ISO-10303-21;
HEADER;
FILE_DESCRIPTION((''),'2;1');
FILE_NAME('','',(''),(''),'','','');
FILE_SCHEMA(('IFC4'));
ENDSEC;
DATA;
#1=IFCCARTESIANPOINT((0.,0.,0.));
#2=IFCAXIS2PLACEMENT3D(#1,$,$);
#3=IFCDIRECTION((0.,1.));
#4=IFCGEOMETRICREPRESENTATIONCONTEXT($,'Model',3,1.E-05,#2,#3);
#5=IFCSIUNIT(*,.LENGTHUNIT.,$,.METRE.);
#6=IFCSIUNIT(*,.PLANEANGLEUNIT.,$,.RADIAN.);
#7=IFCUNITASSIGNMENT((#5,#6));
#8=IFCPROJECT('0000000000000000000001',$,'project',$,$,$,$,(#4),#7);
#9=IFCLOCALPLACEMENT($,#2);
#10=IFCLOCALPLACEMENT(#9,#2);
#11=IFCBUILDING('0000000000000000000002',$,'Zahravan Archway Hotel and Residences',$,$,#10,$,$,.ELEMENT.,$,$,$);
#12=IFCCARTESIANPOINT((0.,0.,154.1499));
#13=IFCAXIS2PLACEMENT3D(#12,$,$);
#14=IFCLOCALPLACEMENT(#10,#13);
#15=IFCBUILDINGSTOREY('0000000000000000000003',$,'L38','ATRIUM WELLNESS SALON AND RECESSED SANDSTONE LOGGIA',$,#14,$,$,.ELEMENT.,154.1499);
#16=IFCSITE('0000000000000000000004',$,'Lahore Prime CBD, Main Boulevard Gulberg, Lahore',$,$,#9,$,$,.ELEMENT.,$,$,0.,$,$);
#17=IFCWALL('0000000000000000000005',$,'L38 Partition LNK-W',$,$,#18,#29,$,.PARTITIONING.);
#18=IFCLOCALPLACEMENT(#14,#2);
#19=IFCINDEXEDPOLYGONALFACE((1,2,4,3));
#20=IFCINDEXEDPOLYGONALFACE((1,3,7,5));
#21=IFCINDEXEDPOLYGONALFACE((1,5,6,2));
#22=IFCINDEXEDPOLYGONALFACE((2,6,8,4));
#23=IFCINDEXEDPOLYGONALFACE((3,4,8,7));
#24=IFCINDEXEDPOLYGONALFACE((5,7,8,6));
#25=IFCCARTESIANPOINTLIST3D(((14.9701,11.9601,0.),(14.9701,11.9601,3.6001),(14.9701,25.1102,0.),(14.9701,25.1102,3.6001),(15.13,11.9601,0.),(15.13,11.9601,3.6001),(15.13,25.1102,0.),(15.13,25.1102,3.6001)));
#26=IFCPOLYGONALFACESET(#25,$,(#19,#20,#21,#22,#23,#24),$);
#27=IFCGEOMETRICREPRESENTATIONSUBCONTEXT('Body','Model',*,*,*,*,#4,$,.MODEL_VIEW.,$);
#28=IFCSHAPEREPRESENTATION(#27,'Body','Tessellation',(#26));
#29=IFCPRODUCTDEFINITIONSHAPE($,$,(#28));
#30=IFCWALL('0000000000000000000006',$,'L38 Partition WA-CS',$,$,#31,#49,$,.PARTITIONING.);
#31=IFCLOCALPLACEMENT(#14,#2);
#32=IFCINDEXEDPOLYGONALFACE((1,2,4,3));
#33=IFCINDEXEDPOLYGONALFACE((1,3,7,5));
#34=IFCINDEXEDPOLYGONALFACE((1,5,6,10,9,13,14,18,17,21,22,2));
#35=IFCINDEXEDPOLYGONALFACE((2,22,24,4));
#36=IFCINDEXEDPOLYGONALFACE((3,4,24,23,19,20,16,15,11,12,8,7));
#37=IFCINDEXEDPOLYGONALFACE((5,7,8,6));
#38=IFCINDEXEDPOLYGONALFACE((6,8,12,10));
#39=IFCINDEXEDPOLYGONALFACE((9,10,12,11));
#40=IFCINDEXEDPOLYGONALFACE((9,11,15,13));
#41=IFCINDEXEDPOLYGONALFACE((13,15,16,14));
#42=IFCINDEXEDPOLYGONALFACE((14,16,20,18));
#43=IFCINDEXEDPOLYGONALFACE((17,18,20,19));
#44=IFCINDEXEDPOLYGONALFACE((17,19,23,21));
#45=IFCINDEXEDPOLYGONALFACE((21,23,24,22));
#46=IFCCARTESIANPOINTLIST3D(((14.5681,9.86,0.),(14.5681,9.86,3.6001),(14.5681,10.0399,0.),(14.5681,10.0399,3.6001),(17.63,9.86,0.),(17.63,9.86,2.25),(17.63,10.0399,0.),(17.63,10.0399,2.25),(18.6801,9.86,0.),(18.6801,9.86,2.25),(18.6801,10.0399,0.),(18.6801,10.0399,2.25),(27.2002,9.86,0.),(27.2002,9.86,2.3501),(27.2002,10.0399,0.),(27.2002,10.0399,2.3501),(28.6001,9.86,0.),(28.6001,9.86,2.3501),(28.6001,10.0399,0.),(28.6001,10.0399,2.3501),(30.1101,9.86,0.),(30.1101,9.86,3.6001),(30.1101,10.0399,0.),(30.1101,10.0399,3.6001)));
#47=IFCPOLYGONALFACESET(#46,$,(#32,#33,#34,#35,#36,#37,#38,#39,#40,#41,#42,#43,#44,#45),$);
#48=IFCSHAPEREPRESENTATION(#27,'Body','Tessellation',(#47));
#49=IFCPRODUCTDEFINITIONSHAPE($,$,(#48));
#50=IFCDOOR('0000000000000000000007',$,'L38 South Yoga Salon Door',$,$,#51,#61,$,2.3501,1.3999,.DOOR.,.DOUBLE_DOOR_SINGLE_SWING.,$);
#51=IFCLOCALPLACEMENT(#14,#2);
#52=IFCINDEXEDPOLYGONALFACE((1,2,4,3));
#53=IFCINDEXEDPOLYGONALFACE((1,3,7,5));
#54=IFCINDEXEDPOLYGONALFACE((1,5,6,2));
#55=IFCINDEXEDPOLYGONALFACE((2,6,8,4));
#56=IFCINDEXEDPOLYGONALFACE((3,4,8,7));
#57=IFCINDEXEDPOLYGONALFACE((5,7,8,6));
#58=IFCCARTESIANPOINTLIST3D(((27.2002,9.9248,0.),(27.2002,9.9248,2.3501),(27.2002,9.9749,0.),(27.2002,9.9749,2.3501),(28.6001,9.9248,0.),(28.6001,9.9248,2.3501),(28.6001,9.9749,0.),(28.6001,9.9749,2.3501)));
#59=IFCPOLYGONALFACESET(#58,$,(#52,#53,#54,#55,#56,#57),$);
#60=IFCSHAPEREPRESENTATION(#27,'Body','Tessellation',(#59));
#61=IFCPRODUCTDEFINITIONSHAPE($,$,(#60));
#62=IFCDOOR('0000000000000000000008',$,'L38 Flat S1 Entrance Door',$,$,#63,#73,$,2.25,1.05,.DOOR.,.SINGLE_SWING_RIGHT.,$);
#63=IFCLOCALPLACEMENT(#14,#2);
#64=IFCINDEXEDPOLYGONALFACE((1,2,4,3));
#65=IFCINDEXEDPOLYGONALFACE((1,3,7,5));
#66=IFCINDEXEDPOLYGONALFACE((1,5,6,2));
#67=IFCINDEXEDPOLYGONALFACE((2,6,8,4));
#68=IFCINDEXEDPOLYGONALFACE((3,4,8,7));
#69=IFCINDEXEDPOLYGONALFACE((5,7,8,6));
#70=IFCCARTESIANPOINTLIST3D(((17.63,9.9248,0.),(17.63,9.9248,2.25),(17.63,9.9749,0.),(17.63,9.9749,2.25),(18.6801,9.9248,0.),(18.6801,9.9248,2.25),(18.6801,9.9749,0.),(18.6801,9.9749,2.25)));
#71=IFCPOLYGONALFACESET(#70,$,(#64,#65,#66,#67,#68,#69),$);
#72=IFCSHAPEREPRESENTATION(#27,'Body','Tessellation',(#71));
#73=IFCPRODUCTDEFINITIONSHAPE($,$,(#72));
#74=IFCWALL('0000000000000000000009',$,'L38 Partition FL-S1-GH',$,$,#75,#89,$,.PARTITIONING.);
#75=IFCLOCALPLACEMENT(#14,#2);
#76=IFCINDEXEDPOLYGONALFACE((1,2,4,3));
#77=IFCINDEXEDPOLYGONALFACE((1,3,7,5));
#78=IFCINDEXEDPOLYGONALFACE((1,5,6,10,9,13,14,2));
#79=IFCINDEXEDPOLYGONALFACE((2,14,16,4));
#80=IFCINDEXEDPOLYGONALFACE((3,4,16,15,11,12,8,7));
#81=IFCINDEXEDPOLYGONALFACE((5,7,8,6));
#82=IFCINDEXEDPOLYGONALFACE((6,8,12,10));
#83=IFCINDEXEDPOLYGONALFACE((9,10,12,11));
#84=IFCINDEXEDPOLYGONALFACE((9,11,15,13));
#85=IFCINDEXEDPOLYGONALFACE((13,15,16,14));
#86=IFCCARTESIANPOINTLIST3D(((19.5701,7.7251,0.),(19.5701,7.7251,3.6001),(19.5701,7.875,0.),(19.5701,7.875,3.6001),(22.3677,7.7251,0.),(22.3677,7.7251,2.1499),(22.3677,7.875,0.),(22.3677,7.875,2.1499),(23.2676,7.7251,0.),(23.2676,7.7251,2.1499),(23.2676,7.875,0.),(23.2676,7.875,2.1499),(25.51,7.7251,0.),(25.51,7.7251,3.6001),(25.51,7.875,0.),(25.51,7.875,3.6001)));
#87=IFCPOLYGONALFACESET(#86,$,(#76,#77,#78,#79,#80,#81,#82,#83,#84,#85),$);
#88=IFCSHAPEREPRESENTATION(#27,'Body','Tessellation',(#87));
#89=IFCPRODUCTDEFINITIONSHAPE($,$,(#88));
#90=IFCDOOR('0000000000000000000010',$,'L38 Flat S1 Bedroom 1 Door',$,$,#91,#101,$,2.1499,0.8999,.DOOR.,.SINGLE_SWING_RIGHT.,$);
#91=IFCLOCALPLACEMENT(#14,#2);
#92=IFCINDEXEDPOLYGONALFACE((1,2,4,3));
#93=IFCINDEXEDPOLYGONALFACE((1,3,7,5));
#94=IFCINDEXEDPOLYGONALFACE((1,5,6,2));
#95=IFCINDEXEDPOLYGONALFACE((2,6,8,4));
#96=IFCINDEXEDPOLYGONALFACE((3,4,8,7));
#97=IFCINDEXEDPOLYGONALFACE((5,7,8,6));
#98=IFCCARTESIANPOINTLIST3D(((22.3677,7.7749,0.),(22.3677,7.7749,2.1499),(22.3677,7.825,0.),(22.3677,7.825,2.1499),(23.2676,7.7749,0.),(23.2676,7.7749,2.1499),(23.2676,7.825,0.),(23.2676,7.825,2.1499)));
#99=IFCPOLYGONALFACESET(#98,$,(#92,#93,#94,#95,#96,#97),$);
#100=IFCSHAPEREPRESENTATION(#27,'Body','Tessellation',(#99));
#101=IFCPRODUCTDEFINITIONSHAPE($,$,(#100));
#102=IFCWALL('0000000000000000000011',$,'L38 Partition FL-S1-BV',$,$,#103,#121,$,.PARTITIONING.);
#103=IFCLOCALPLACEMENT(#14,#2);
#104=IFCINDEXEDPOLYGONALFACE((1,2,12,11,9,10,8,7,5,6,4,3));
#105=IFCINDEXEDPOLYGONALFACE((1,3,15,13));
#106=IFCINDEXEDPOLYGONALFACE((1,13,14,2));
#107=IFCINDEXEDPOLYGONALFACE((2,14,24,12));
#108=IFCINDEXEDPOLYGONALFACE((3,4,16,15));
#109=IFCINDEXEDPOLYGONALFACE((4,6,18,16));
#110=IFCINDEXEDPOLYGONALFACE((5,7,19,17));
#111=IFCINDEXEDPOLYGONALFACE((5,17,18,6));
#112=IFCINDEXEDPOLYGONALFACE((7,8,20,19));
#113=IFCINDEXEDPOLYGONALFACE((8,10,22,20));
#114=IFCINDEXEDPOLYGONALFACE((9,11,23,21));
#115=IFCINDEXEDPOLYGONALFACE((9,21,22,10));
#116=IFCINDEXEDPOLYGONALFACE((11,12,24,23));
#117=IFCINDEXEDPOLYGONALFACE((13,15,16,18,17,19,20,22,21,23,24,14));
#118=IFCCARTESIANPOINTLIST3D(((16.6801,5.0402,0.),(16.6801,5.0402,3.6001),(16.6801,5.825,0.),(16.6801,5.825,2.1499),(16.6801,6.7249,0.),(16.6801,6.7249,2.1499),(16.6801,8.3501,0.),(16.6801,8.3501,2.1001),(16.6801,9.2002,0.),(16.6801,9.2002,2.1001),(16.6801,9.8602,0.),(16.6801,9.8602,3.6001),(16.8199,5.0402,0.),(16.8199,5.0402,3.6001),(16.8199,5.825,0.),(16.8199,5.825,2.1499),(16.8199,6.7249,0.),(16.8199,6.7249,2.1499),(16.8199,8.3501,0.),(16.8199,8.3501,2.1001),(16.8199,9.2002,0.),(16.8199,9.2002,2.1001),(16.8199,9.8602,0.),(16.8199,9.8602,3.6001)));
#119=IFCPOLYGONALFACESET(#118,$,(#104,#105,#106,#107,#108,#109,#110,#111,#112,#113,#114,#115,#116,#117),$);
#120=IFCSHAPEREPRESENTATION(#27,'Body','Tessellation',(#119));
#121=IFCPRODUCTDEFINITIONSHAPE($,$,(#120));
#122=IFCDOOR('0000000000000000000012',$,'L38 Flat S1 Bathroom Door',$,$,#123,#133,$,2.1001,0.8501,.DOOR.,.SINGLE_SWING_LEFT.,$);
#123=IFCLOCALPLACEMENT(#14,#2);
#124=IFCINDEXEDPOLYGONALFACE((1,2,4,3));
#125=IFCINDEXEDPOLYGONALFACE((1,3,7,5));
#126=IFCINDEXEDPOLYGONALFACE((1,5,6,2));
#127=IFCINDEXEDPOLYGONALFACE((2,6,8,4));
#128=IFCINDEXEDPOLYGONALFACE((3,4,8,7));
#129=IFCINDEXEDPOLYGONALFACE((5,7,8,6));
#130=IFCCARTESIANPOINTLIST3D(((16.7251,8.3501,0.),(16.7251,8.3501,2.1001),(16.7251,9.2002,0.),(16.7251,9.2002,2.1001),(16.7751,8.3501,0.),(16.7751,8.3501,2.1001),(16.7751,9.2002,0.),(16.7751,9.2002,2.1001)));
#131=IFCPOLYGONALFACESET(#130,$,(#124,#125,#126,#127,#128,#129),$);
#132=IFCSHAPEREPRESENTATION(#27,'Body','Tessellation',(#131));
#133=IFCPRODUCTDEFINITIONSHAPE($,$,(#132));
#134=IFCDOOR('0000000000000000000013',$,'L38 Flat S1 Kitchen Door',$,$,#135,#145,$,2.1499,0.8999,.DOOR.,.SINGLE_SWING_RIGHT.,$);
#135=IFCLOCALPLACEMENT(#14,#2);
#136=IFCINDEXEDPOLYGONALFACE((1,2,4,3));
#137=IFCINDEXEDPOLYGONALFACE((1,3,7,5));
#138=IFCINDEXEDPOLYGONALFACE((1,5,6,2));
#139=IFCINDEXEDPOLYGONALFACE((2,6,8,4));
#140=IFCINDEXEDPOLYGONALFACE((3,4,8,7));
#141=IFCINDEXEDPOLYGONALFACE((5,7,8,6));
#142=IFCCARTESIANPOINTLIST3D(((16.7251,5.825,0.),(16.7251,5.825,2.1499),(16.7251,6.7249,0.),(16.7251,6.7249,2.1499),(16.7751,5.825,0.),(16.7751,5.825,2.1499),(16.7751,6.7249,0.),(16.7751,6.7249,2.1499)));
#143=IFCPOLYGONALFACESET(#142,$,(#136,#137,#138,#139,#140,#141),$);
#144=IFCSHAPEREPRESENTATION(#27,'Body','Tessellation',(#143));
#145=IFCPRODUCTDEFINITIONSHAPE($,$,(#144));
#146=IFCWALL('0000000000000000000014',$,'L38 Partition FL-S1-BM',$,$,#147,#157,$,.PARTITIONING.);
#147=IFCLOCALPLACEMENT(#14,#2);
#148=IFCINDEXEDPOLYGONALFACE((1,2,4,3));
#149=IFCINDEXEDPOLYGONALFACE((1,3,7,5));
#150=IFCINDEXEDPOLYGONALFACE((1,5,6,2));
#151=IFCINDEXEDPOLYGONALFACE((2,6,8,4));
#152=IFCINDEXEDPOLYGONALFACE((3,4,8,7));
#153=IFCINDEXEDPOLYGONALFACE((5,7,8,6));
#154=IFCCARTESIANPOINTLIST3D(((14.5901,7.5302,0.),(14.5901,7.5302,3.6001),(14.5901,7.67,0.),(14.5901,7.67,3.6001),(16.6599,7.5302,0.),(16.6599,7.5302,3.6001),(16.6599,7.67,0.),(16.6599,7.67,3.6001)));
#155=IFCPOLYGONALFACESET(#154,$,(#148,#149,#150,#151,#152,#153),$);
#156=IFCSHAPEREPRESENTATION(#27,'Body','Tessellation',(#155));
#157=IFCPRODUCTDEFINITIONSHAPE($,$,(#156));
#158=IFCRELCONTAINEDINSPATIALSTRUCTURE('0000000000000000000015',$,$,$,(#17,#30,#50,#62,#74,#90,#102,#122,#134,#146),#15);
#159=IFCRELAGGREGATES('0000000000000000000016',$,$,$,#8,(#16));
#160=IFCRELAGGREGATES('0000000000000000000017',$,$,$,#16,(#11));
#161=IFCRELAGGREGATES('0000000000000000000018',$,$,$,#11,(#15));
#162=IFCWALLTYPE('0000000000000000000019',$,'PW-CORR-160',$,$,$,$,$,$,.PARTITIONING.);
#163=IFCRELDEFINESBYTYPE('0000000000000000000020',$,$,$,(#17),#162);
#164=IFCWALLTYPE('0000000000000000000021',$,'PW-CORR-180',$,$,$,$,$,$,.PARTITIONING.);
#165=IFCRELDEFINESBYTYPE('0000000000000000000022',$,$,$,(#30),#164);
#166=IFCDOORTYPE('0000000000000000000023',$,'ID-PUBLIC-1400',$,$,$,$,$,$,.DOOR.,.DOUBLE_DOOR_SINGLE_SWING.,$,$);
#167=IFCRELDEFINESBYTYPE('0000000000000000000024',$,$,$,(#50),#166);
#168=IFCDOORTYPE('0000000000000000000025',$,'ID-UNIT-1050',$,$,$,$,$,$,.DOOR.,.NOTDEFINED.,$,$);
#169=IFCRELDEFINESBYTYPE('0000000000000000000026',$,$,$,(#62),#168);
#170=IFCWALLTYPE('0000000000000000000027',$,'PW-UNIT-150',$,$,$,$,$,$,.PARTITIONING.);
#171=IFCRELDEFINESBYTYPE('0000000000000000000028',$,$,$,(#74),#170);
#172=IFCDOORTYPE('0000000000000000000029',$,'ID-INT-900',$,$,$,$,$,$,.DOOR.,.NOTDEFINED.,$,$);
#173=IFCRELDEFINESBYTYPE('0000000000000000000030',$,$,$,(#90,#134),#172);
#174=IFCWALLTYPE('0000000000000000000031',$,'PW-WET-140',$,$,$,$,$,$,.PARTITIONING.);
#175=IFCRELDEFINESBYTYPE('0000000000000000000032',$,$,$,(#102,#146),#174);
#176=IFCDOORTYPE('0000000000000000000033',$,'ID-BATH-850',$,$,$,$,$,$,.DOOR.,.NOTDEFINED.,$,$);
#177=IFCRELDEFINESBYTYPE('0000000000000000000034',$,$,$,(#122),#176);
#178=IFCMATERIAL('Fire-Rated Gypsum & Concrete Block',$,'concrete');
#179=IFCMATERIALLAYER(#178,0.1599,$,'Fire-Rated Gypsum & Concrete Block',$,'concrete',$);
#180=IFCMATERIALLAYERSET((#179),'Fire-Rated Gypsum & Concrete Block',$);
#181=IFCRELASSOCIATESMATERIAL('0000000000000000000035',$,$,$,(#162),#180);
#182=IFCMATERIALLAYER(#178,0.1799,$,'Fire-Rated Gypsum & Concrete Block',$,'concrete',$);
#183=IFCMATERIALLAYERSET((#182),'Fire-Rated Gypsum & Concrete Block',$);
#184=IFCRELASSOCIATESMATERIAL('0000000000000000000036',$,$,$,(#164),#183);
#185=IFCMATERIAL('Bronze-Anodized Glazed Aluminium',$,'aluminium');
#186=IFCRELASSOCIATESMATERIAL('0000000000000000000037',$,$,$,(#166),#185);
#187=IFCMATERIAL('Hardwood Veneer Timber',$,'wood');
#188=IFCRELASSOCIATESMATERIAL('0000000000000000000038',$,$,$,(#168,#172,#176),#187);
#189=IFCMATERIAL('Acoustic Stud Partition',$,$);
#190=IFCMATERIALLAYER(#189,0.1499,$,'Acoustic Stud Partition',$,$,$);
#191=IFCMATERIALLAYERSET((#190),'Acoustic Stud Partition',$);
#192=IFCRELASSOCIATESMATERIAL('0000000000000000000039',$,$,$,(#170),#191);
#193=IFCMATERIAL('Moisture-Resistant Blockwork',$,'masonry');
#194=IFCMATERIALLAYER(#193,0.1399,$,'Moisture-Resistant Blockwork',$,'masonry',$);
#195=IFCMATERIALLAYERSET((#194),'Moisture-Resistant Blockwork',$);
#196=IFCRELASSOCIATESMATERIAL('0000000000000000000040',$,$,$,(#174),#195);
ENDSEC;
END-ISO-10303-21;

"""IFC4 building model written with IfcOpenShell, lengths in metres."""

from ifc_helpers import new_model, si_unit, direction, frame, frame_2d, origin, place, context, subcontext, project, spatial, rectangle, extrude, source, transform, mapped, material, layer, layer_set, type_object, type_shapes, element, fill, save


model = new_model("IFC4")

# Units and contexts
model_context = context("Model", 3, precision=1e-05, world=origin(), true_north=direction((0.0, 1.0)))
body_context = subcontext(model_context, "Body", "Model", "MODEL_VIEW")
ifc_project = project(units=[si_unit("LENGTHUNIT", "METRE"), si_unit("PLANEANGLEUNIT", "RADIAN")], contexts=[model_context])

# Site, building, storey
site_placement = place(None, origin())
site = spatial("IfcSite", under=ifc_project, at=site_placement, Name="Lahore Prime CBD, Main Boulevard Gulberg, Lahore", CompositionType="ELEMENT", RefElevation=0.0)
building_placement = place(site_placement, origin())
building = spatial("IfcBuilding", under=site, at=building_placement, Name="Zahravan Archway Hotel and Residences", CompositionType="ELEMENT")
storey_placement = place(building_placement, frame((0.0, 0.0, 154.1499)))
storey = spatial("IfcBuildingStorey", under=building, at=storey_placement, Name="L38", Description="ATRIUM WELLNESS SALON AND RECESSED SANDSTONE LOGGIA", CompositionType="ELEMENT", Elevation=154.1499)

# Shared definitions
ifc_material_1 = material(Name="Fire-Rated Gypsum & Concrete Block", Category="concrete")
ifc_layer_1 = layer(ifc_material_1, 0.1599, Name="Fire-Rated Gypsum & Concrete Block", Category="concrete")
ifc_layer_set_1 = layer_set([ifc_layer_1], Name="Fire-Rated Gypsum & Concrete Block")
wall_type_1 = type_object("IfcWallType", Name="PW-CORR-160", PredefinedType="PARTITIONING", material=ifc_layer_set_1)
ifc_material_2 = material(Name="Bronze-Anodized Glazed Aluminium", Category="aluminium")

# Wall
wall_1_placement = place(storey_placement, frame((15.05, 11.96, 0.0), z_axis=(0.0, 0.0, 1.0), x_axis=(0.0, 1.0, 0.0)))
element("IfcWall", 1, at=wall_1_placement, inside=storey, type_object=wall_type_1, Name="L38 Partition LNK-W", PredefinedType="PARTITIONING", context=body_context, shape_type="SweptSolid", body=[
    extrude(rectangle(XDim=13.1501, YDim=0.1599, at=frame_2d((6.5752, 0.0))), origin(), (0.0, 0.0, 1.0), 3.6001),
])

# Wall, openings, doors
ifc_layer_2 = layer(ifc_material_1, 0.1799, Name="Fire-Rated Gypsum & Concrete Block", Category="concrete")
ifc_layer_set_2 = layer_set([ifc_layer_2], Name="Fire-Rated Gypsum & Concrete Block")
wall_type_2 = type_object("IfcWallType", Name="PW-CORR-180", PredefinedType="PARTITIONING", material=ifc_layer_set_2)
wall_2_placement = place(storey_placement, frame((14.5681, 9.95, 0.0), z_axis=(0.0, 0.0, 1.0), x_axis=(1.0, 0.0, 0.0)))
wall_2 = element("IfcWall", 2, at=wall_2_placement, inside=storey, type_object=wall_type_2, Name="L38 Partition WA-CS", PredefinedType="PARTITIONING", context=body_context, shape_type="SweptSolid", body=[
    extrude(rectangle(XDim=15.542, YDim=0.1799, at=frame_2d((7.771, 0.0))), origin(), (0.0, 0.0, 1.0), 3.6001),
])
opening_1_placement = place(wall_2_placement, frame((3.062, 0.0, 0.0)))
opening_1 = element("IfcOpeningElement", 3, at=opening_1_placement, cuts=wall_2, PredefinedType="OPENING", context=body_context, shape_type="SweptSolid", body=[
    extrude(rectangle(XDim=1.05, YDim=2.25, at=frame_2d((0.5249, 1.125))), frame((0.0, 0.1001, 0.0), z_axis=(0.0, -1.0, 0.0), x_axis=(1.0, 0.0, 0.0)), (0.0, 0.0, 1.0), 0.2),
])
opening_2_placement = place(wall_2_placement, frame((12.6321, 0.0, 0.0)))
opening_2 = element("IfcOpeningElement", 4, at=opening_2_placement, cuts=wall_2, PredefinedType="OPENING", context=body_context, shape_type="SweptSolid", body=[
    extrude(rectangle(XDim=1.3999, YDim=2.3501, at=frame_2d((0.7, 1.175))), frame((0.0, 0.1001, 0.0), z_axis=(0.0, -1.0, 0.0), x_axis=(1.0, 0.0, 0.0)), (0.0, 0.0, 1.0), 0.2),
])
door_type_1 = type_object("IfcDoorType", Name="ID-PUBLIC-1400", OperationType="DOUBLE_DOOR_SINGLE_SWING", PredefinedType="DOOR", material=ifc_material_2)
shared_shape_1 = source(origin(), body_context, "Body", "SweptSolid", [
    extrude(rectangle(XDim=1.3999, YDim=2.3501, at=frame_2d((0.7, 1.175))), frame((0.0, 0.0249, 0.0), z_axis=(0.0, -1.0, 0.0), x_axis=(1.0, 0.0, 0.0)), (0.0, 0.0, 1.0), 0.05),
])
type_shapes(door_type_1, [shared_shape_1])
door_1_placement = place(opening_2_placement, origin())
door_1 = element("IfcDoor", 5, at=door_1_placement, inside=storey, type_object=door_type_1, Name="L38 South Yoga Salon Door", OperationType="DOUBLE_DOOR_SINGLE_SWING", OverallHeight=2.3501, OverallWidth=1.3999, PredefinedType="DOOR", context=body_context, shape_type="MappedRepresentation", body=[
    mapped(shared_shape_1, transform((0.0, 0.0, 0.0), scale=1.0)),
])
fill(opening_2, door_1)
ifc_material_3 = material(Name="Hardwood Veneer Timber", Category="wood")
door_type_2 = type_object("IfcDoorType", Name="ID-UNIT-1050", OperationType="NOTDEFINED", PredefinedType="DOOR", material=ifc_material_3)
shared_shape_2 = source(origin(), body_context, "Body", "SweptSolid", [
    extrude(rectangle(XDim=1.05, YDim=2.25, at=frame_2d((0.5249, 1.125))), frame((0.0, 0.0249, 0.0), z_axis=(0.0, -1.0, 0.0), x_axis=(1.0, 0.0, 0.0)), (0.0, 0.0, 1.0), 0.05),
])
type_shapes(door_type_2, [shared_shape_2])
door_2_placement = place(opening_1_placement, origin())
door_2 = element("IfcDoor", 6, at=door_2_placement, inside=storey, type_object=door_type_2, Name="L38 Flat S1 Entrance Door", OperationType="SINGLE_SWING_RIGHT", OverallHeight=2.25, OverallWidth=1.05, PredefinedType="DOOR", context=body_context, shape_type="MappedRepresentation", body=[
    mapped(shared_shape_2, transform((0.0, 0.0, 0.0), scale=1.0)),
])
fill(opening_1, door_2)

# Wall, opening, door
ifc_material_4 = material(Name="Acoustic Stud Partition")
ifc_layer_3 = layer(ifc_material_4, 0.1499, Name="Acoustic Stud Partition")
ifc_layer_set_3 = layer_set([ifc_layer_3], Name="Acoustic Stud Partition")
wall_type_3 = type_object("IfcWallType", Name="PW-UNIT-150", PredefinedType="PARTITIONING", material=ifc_layer_set_3)
wall_3_placement = place(storey_placement, frame((19.5701, 7.8, 0.0), z_axis=(0.0, 0.0, 1.0), x_axis=(1.0, 0.0, 0.0)))
wall_3 = element("IfcWall", 7, at=wall_3_placement, inside=storey, type_object=wall_type_3, Name="L38 Partition FL-S1-GH", PredefinedType="PARTITIONING", context=body_context, shape_type="SweptSolid", body=[
    extrude(rectangle(XDim=5.9399, YDim=0.1499, at=frame_2d((2.97, 0.0))), origin(), (0.0, 0.0, 1.0), 3.6001),
])
opening_3_placement = place(wall_3_placement, frame((2.7976, 0.0, 0.0)))
opening_3 = element("IfcOpeningElement", 8, at=opening_3_placement, cuts=wall_3, PredefinedType="OPENING", context=body_context, shape_type="SweptSolid", body=[
    extrude(rectangle(XDim=0.8999, YDim=2.1499, at=frame_2d((0.45, 1.075))), frame((0.0, 0.085, 0.0), z_axis=(0.0, -1.0, 0.0), x_axis=(1.0, 0.0, 0.0)), (0.0, 0.0, 1.0), 0.1699),
])
door_type_3 = type_object("IfcDoorType", Name="ID-INT-900", OperationType="NOTDEFINED", PredefinedType="DOOR", material=ifc_material_3)
shared_shape_3 = source(origin(), body_context, "Body", "SweptSolid", [
    extrude(rectangle(XDim=0.8999, YDim=2.1499, at=frame_2d((0.45, 1.075))), frame((0.0, 0.0249, 0.0), z_axis=(0.0, -1.0, 0.0), x_axis=(1.0, 0.0, 0.0)), (0.0, 0.0, 1.0), 0.05),
])
type_shapes(door_type_3, [shared_shape_3])
door_3_placement = place(opening_3_placement, origin())
door_3 = element("IfcDoor", 9, at=door_3_placement, inside=storey, type_object=door_type_3, Name="L38 Flat S1 Bedroom 1 Door", OperationType="SINGLE_SWING_RIGHT", OverallHeight=2.1499, OverallWidth=0.8999, PredefinedType="DOOR", context=body_context, shape_type="MappedRepresentation", body=[
    mapped(shared_shape_3, transform((0.0, 0.0, 0.0), scale=1.0)),
])
fill(opening_3, door_3)

# Wall, openings, doors
ifc_material_5 = material(Name="Moisture-Resistant Blockwork", Category="masonry")
ifc_layer_4 = layer(ifc_material_5, 0.1399, Name="Moisture-Resistant Blockwork", Category="masonry")
ifc_layer_set_4 = layer_set([ifc_layer_4], Name="Moisture-Resistant Blockwork")
wall_type_4 = type_object("IfcWallType", Name="PW-WET-140", PredefinedType="PARTITIONING", material=ifc_layer_set_4)
wall_4_placement = place(storey_placement, frame((16.75, 5.04, 0.0), z_axis=(0.0, 0.0, 1.0), x_axis=(0.0, 1.0, 0.0)))
wall_4 = element("IfcWall", 10, at=wall_4_placement, inside=storey, type_object=wall_type_4, Name="L38 Partition FL-S1-BV", PredefinedType="PARTITIONING", context=body_context, shape_type="SweptSolid", body=[
    extrude(rectangle(XDim=4.8201, YDim=0.1399, at=frame_2d((2.4102, 0.0))), origin(), (0.0, 0.0, 1.0), 3.6001),
])
opening_4_placement = place(wall_4_placement, frame((0.7849, 0.0, 0.0)))
opening_4 = element("IfcOpeningElement", 11, at=opening_4_placement, cuts=wall_4, PredefinedType="OPENING", context=body_context, shape_type="SweptSolid", body=[
    extrude(rectangle(XDim=0.8999, YDim=2.1499, at=frame_2d((0.45, 1.075))), frame((0.0, 0.0801, 0.0), z_axis=(0.0, -1.0, 0.0), x_axis=(1.0, 0.0, 0.0)), (0.0, 0.0, 1.0), 0.1599),
])
opening_5_placement = place(wall_4_placement, frame((3.3101, 0.0, 0.0)))
opening_5 = element("IfcOpeningElement", 12, at=opening_5_placement, cuts=wall_4, PredefinedType="OPENING", context=body_context, shape_type="SweptSolid", body=[
    extrude(rectangle(XDim=0.8501, YDim=2.1001, at=frame_2d((0.425, 1.05))), frame((0.0, 0.0801, 0.0), z_axis=(0.0, -1.0, 0.0), x_axis=(1.0, 0.0, 0.0)), (0.0, 0.0, 1.0), 0.1599),
])
door_type_4 = type_object("IfcDoorType", Name="ID-BATH-850", OperationType="NOTDEFINED", PredefinedType="DOOR", material=ifc_material_3)
shared_shape_4 = source(origin(), body_context, "Body", "SweptSolid", [
    extrude(rectangle(XDim=0.8501, YDim=2.1001, at=frame_2d((0.425, 1.05))), frame((0.0, 0.0249, 0.0), z_axis=(0.0, -1.0, 0.0), x_axis=(1.0, 0.0, 0.0)), (0.0, 0.0, 1.0), 0.05),
])
type_shapes(door_type_4, [shared_shape_4])
door_4_placement = place(opening_5_placement, origin())
door_4 = element("IfcDoor", 13, at=door_4_placement, inside=storey, type_object=door_type_4, Name="L38 Flat S1 Bathroom Door", OperationType="SINGLE_SWING_LEFT", OverallHeight=2.1001, OverallWidth=0.8501, PredefinedType="DOOR", context=body_context, shape_type="MappedRepresentation", body=[
    mapped(shared_shape_4, transform((0.0, 0.0, 0.0), scale=1.0)),
])
fill(opening_5, door_4)
door_5_placement = place(opening_4_placement, origin())
door_5 = element("IfcDoor", 14, at=door_5_placement, inside=storey, type_object=door_type_3, Name="L38 Flat S1 Kitchen Door", OperationType="SINGLE_SWING_RIGHT", OverallHeight=2.1499, OverallWidth=0.8999, PredefinedType="DOOR", context=body_context, shape_type="MappedRepresentation", body=[
    mapped(shared_shape_3, transform((0.0, 0.0, 0.0), scale=1.0)),
])
fill(opening_4, door_5)

# Wall
wall_5_placement = place(storey_placement, frame((14.5901, 7.6001, 0.0), z_axis=(0.0, 0.0, 1.0), x_axis=(1.0, 0.0, 0.0)))
element("IfcWall", 15, at=wall_5_placement, inside=storey, type_object=wall_type_4, Name="L38 Partition FL-S1-BM", PredefinedType="PARTITIONING", context=body_context, shape_type="SweptSolid", body=[
    extrude(rectangle(XDim=2.0698, YDim=0.1399, at=frame_2d((1.0349, 0.0))), origin(), (0.0, 0.0, 1.0), 3.6001),
])

save(model, "model.ifc")
